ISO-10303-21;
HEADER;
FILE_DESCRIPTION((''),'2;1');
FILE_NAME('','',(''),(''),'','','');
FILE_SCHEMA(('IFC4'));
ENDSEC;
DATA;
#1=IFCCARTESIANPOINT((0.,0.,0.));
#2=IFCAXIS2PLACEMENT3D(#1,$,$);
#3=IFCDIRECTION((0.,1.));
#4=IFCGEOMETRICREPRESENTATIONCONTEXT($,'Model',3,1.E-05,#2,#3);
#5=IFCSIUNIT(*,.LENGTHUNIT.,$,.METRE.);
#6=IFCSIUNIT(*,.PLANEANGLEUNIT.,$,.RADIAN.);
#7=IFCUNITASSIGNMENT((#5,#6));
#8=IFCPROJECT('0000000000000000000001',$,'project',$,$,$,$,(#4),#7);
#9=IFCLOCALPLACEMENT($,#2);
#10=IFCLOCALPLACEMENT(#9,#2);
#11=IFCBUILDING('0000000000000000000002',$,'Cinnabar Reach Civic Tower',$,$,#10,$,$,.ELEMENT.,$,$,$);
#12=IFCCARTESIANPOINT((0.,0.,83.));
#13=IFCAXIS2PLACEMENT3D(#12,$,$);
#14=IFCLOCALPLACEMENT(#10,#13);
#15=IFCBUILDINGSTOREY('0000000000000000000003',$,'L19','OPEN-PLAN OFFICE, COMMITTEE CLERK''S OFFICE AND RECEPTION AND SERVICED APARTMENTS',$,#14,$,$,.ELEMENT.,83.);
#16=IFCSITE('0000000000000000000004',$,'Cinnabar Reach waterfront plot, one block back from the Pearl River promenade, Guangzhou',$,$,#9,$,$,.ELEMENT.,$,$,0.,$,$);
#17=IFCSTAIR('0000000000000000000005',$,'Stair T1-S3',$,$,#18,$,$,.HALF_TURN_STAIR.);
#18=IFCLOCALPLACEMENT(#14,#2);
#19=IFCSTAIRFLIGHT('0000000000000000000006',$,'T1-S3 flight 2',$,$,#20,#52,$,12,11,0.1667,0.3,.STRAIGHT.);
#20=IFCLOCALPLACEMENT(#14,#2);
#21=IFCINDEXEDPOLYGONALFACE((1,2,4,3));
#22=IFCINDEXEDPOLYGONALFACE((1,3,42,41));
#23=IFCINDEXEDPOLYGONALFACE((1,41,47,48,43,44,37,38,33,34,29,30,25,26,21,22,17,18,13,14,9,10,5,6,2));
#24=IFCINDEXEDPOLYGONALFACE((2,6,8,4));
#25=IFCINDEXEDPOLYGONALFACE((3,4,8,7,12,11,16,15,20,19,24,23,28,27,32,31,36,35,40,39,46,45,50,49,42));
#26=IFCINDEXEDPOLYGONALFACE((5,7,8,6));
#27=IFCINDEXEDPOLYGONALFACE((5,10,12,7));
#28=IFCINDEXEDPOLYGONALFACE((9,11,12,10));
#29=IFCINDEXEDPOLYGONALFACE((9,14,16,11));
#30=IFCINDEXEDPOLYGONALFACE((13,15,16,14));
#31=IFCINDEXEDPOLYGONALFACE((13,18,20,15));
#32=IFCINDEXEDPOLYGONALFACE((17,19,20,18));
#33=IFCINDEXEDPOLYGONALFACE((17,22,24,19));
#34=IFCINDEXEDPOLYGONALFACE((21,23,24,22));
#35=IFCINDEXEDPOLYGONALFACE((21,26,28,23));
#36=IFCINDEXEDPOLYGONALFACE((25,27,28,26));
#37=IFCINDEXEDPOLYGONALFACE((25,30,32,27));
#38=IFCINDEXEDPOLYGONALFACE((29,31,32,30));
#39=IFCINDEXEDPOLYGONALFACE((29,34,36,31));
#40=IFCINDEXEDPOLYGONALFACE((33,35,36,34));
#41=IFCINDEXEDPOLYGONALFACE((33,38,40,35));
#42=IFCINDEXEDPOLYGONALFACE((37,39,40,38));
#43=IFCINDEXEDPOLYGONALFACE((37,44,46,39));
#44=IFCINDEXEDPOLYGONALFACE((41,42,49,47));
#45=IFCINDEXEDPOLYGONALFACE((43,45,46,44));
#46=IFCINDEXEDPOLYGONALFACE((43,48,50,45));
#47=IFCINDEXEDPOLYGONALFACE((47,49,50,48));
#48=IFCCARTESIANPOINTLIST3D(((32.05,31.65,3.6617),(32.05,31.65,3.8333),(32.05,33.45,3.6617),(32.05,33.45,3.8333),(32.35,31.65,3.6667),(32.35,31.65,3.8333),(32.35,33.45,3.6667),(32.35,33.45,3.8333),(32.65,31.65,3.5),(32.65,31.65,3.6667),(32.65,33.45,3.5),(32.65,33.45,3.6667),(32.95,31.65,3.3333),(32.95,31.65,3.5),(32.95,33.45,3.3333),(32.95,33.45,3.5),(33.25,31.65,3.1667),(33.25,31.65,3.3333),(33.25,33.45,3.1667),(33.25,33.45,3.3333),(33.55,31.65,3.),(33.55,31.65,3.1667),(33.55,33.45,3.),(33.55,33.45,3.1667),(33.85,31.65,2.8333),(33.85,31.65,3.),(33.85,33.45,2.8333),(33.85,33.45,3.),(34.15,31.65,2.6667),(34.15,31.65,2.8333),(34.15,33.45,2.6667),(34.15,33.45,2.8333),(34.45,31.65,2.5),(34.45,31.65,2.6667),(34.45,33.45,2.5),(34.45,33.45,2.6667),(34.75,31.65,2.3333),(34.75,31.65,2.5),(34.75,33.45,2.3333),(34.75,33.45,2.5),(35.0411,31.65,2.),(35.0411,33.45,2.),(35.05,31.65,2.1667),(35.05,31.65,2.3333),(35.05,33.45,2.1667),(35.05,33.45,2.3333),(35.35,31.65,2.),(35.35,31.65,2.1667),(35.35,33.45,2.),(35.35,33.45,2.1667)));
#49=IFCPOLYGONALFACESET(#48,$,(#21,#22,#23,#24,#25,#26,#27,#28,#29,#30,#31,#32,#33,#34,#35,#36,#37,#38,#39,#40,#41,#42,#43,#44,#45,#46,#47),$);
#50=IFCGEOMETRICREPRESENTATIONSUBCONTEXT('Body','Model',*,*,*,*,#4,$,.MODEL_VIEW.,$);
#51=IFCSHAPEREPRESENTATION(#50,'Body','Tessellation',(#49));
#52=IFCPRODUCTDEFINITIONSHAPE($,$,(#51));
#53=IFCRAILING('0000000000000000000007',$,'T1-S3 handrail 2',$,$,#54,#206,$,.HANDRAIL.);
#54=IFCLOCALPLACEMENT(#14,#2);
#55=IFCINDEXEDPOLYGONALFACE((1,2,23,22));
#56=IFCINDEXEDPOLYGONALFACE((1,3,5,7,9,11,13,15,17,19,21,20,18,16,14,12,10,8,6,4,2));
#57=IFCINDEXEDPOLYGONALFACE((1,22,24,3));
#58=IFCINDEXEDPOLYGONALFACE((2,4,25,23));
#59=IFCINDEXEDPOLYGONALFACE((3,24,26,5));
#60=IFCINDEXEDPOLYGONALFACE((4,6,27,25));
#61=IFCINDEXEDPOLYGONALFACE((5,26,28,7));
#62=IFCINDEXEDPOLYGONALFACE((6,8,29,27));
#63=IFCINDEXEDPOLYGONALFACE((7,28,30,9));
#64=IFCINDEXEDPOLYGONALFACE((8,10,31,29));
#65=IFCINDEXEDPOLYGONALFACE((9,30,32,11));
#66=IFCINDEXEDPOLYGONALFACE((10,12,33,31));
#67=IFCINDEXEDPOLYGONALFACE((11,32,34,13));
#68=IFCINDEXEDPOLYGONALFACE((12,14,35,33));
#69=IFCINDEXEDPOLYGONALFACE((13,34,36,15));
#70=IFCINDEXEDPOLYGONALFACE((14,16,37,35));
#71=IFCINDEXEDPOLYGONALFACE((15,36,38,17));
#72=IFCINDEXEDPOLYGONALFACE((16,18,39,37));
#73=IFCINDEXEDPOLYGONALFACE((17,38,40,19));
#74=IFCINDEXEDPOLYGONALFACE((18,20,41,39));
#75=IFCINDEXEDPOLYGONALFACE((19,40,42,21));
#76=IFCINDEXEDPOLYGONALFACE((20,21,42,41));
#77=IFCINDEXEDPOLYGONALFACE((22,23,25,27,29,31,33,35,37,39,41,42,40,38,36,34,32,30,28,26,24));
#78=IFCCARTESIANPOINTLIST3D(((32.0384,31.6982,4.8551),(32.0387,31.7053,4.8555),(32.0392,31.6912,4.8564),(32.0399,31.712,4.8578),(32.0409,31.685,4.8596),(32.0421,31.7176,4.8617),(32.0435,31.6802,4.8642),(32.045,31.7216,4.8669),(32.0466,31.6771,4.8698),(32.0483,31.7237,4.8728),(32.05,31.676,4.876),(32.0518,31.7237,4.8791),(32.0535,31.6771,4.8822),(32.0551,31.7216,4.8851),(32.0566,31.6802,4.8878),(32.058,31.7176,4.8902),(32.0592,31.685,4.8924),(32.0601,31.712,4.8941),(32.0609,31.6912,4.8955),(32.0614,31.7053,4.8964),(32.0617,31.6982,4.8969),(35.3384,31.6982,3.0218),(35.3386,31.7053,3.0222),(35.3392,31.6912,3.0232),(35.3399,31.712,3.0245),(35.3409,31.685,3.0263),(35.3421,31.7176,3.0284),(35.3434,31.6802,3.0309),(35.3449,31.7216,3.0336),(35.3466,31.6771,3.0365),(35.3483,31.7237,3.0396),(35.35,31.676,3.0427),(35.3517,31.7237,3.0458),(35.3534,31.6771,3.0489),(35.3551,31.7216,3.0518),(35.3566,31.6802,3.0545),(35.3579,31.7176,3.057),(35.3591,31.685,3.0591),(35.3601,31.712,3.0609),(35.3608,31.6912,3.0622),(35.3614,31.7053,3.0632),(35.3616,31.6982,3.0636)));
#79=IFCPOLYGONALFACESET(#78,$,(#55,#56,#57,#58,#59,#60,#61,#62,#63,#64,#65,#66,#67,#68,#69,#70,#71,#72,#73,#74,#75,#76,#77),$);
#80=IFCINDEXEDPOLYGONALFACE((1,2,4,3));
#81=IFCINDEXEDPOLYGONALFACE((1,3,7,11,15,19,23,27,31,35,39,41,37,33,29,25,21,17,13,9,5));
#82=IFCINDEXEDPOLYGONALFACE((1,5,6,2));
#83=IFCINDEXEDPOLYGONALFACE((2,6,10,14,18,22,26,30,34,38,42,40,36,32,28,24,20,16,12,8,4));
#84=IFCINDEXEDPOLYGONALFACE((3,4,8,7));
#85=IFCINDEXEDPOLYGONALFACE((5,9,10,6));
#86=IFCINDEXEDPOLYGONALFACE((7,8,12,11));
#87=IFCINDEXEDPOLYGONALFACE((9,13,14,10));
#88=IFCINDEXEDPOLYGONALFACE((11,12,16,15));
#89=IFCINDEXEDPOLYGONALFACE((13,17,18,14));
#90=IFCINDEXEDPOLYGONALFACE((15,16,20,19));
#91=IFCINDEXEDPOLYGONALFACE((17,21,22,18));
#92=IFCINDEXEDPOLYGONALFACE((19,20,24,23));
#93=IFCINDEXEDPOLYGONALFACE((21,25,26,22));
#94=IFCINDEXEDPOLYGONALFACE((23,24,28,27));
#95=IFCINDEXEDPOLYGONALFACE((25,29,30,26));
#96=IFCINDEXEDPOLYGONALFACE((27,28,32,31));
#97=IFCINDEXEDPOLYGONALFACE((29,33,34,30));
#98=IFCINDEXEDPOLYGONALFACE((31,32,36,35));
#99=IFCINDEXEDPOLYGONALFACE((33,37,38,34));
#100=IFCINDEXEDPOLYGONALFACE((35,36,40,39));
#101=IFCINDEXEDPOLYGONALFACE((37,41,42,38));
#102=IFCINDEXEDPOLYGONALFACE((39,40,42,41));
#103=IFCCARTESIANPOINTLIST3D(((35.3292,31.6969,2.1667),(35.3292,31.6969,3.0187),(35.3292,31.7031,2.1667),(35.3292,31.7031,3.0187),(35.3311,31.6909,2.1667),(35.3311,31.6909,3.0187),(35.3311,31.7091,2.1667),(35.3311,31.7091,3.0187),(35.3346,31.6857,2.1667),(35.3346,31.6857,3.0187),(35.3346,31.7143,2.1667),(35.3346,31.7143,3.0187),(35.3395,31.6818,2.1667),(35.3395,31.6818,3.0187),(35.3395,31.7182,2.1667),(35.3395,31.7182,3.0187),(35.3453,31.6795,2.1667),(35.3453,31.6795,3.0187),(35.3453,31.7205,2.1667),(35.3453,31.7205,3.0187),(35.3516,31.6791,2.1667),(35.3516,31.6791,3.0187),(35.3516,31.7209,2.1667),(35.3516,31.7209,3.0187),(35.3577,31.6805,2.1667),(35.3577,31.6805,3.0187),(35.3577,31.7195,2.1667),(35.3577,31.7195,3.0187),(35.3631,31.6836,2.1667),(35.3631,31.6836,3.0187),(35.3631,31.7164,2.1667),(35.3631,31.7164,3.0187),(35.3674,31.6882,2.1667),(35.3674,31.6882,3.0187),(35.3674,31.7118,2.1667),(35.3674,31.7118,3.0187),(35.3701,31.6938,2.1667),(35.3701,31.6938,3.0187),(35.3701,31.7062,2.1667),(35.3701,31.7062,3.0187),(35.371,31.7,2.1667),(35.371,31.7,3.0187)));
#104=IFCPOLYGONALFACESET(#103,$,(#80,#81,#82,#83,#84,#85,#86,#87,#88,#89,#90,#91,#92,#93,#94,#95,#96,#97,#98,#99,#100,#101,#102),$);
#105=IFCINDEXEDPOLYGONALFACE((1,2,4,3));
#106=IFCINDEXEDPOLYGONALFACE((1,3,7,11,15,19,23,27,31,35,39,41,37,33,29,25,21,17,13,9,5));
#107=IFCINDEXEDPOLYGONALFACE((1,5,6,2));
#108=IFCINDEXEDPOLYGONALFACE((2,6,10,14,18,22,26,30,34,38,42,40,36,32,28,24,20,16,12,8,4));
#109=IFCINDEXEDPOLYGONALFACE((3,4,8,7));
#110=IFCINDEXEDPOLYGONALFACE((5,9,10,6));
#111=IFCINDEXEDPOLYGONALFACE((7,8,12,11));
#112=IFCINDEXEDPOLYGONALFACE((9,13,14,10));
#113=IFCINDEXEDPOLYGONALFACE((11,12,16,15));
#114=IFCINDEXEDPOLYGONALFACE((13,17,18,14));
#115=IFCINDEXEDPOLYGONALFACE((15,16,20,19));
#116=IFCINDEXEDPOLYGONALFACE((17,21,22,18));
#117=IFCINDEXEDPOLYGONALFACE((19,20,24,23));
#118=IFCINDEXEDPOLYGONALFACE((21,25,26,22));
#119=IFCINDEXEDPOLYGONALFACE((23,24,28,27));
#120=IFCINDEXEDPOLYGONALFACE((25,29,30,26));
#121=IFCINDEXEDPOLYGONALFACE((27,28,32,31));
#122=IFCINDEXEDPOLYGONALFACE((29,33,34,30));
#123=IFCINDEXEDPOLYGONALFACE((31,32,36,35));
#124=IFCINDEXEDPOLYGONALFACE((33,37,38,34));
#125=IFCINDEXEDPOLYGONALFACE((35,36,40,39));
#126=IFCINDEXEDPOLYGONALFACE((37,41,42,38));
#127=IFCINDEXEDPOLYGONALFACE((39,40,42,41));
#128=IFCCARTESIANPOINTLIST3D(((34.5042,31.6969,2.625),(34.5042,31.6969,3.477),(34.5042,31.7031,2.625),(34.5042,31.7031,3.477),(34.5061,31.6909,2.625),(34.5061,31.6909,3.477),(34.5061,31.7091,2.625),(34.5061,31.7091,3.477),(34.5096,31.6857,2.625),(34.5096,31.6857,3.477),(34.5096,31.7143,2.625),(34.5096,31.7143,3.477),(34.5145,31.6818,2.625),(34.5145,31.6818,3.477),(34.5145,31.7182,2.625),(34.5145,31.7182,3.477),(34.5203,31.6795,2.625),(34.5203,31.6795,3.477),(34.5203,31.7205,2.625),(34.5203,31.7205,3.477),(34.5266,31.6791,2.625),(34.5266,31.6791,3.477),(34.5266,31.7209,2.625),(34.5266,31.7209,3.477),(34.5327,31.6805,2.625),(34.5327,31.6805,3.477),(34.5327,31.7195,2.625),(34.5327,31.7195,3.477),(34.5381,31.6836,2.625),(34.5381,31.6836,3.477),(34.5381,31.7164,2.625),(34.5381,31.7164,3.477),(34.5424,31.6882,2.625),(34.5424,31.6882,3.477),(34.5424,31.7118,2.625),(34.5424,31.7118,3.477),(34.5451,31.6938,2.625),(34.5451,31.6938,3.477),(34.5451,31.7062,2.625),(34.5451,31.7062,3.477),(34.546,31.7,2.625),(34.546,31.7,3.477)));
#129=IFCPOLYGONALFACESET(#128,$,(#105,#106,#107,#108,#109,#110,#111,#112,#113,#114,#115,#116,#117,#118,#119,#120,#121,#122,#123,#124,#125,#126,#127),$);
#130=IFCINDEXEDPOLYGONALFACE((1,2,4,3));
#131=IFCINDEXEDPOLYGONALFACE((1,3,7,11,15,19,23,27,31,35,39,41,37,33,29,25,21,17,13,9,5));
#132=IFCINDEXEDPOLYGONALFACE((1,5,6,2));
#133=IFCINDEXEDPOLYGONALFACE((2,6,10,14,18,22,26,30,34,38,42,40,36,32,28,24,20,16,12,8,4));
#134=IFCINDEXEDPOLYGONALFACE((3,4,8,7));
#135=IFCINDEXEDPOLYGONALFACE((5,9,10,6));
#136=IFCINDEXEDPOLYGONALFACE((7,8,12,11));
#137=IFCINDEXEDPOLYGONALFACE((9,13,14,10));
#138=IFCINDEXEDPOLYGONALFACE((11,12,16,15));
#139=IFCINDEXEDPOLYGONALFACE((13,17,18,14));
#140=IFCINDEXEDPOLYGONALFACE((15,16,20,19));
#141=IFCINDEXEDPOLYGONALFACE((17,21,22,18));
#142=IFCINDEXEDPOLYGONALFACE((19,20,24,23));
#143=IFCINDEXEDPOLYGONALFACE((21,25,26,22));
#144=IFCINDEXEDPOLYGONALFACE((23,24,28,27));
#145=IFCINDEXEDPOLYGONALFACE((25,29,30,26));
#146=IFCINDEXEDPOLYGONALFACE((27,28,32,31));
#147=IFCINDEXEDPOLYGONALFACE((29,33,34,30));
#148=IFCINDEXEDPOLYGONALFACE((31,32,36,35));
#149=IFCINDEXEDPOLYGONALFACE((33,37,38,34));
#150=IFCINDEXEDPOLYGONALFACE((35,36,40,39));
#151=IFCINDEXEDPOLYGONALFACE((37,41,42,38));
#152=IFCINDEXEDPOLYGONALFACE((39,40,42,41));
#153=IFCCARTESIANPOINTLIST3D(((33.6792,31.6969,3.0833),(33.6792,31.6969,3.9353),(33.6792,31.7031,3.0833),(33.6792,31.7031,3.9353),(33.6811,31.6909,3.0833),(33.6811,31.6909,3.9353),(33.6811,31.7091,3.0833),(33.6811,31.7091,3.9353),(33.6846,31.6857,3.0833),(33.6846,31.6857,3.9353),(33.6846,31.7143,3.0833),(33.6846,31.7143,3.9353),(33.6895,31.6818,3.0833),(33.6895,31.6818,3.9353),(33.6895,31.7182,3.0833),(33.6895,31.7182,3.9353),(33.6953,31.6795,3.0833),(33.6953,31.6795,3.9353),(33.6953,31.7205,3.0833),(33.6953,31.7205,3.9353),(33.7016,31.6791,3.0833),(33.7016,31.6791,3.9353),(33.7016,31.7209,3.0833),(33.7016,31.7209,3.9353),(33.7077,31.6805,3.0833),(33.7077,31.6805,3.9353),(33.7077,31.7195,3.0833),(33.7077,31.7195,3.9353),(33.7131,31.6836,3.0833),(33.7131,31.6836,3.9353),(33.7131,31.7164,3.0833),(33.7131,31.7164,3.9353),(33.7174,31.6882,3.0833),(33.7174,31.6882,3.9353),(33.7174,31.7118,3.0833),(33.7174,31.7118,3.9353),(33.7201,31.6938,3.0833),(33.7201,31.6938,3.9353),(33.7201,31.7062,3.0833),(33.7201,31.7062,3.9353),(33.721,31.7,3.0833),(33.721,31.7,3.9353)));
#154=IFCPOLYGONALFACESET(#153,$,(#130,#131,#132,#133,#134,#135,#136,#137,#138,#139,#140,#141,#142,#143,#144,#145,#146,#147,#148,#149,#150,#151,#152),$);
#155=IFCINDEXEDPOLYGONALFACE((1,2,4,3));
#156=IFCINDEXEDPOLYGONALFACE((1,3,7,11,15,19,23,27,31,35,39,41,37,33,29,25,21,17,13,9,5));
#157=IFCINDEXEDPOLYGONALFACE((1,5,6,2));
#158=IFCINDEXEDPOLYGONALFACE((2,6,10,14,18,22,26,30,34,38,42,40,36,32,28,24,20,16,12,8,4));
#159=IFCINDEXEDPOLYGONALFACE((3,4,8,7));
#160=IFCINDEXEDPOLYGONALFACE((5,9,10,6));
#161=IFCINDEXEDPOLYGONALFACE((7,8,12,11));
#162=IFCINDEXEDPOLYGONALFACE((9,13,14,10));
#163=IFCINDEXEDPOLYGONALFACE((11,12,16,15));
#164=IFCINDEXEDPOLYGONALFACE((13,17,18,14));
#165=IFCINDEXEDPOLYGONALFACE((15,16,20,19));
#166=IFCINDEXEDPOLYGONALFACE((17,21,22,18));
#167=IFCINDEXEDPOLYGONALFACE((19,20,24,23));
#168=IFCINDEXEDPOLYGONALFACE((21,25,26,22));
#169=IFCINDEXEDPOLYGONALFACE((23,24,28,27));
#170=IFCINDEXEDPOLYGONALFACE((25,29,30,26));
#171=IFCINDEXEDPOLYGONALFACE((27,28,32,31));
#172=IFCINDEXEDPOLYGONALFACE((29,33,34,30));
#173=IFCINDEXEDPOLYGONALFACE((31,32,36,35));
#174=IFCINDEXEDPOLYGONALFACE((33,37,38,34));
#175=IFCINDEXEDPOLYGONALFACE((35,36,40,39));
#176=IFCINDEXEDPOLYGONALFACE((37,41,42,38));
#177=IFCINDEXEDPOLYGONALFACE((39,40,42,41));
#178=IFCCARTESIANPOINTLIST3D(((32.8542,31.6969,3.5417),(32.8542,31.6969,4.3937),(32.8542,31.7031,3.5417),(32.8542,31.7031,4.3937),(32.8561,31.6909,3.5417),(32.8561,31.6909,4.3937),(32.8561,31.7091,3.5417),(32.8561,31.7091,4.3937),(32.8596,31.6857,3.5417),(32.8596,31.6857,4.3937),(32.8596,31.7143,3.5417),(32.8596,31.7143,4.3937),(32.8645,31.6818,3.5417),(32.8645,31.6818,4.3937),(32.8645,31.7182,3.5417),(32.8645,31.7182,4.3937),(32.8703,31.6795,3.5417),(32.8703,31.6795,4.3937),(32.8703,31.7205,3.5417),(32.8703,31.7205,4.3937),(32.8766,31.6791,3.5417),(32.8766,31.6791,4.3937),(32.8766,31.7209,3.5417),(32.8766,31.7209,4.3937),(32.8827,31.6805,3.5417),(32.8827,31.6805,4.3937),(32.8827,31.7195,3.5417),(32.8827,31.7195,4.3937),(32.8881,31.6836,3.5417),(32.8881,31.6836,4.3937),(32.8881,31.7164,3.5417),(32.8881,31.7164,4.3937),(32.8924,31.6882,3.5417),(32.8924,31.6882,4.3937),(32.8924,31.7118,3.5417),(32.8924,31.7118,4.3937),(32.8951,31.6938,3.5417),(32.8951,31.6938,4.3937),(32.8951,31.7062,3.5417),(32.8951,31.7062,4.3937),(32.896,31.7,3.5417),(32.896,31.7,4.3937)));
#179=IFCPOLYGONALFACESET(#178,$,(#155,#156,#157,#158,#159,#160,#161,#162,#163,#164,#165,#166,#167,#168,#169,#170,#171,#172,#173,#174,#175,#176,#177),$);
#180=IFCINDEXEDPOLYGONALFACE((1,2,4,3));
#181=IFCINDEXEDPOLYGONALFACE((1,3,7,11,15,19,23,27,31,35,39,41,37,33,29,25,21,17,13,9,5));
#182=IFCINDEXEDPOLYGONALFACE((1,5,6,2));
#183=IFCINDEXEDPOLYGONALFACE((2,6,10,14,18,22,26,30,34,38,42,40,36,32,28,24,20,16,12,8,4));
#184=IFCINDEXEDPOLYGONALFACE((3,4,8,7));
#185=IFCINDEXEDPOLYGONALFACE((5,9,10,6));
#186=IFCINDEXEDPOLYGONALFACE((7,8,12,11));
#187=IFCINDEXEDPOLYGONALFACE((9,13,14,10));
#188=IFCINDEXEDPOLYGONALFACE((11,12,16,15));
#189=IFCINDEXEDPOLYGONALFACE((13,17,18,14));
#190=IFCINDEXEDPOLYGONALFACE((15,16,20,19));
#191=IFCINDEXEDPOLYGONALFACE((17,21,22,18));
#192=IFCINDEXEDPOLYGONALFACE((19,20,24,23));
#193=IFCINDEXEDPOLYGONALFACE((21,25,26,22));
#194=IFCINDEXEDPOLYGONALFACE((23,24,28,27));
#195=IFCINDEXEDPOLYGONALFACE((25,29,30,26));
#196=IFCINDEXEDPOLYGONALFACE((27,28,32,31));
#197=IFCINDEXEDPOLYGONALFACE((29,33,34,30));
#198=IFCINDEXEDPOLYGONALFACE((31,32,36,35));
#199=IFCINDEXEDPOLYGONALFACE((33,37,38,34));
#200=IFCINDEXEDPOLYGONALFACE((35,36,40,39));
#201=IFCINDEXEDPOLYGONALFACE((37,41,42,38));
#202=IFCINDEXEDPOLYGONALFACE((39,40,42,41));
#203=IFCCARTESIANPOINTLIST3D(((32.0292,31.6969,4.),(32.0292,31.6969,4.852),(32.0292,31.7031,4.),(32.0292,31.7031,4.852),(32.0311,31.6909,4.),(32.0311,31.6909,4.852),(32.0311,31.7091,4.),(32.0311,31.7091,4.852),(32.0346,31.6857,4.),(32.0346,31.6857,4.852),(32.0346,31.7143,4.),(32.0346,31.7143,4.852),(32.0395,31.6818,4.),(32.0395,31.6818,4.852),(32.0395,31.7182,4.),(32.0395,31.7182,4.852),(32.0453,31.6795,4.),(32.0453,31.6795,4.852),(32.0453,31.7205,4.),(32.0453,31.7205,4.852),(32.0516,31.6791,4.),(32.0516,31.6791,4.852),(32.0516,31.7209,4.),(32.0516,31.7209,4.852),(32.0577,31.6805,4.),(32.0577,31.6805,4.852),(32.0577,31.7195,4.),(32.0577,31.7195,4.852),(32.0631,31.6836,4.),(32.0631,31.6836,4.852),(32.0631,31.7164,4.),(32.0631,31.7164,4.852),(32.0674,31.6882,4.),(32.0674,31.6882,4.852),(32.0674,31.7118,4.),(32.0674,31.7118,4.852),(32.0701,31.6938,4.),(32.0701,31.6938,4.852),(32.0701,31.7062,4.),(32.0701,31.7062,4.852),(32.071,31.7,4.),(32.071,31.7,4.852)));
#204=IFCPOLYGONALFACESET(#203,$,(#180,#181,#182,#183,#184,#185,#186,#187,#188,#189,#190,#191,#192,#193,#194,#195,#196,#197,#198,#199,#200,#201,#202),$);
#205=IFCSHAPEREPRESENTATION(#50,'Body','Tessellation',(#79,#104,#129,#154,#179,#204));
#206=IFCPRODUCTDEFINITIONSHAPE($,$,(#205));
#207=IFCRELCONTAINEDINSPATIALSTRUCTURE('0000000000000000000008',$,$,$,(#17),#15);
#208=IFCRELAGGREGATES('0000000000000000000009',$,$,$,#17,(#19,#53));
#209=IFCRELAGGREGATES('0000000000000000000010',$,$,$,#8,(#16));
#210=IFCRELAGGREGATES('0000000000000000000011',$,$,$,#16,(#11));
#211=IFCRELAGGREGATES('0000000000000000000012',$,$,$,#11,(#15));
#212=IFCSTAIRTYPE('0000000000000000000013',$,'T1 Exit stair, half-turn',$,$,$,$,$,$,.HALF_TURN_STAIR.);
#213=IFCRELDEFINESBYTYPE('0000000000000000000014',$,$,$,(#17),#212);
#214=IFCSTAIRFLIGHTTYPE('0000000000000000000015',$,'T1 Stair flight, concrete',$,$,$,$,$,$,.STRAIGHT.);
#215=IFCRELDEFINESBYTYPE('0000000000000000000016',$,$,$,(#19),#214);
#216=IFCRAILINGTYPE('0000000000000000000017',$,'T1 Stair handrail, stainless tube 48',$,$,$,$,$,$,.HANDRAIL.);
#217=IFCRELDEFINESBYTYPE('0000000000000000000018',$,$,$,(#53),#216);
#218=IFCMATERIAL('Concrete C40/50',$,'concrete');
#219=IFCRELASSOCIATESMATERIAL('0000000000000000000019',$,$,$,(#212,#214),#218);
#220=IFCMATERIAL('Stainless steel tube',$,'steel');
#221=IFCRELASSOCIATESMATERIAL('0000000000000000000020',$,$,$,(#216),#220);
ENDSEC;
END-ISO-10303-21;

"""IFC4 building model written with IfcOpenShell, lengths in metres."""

from ifc_helpers import new_model, si_unit, direction, frame, origin, origin_2d, place, context, subcontext, project, spatial, polyline, circle, outline, extrude, material, type_object, element, aggregate, save


model = new_model("IFC4")

# Units and contexts
model_context = context("Model", 3, precision=1e-05, world=origin(), true_north=direction((0.0, 1.0)))
body_context = subcontext(model_context, "Body", "Model", "MODEL_VIEW")
ifc_project = project(units=[si_unit("LENGTHUNIT", "METRE"), si_unit("PLANEANGLEUNIT", "RADIAN")], contexts=[model_context])

# Site, building, storey
site_placement = place(None, origin())
site = spatial("IfcSite", under=ifc_project, at=site_placement, Name="Cinnabar Reach waterfront plot, one block back from the Pearl River promenade, Guangzhou", CompositionType="ELEMENT", RefElevation=0.0)
building_placement = place(site_placement, origin())
building = spatial("IfcBuilding", under=site, at=building_placement, Name="Cinnabar Reach Civic Tower", CompositionType="ELEMENT")
storey_placement = place(building_placement, frame((0.0, 0.0, 83.0)))
storey = spatial("IfcBuildingStorey", under=building, at=storey_placement, Name="L19", Description="OPEN-PLAN OFFICE, COMMITTEE CLERK'S OFFICE AND RECEPTION AND SERVICED APARTMENTS", CompositionType="ELEMENT", Elevation=83.0)

# Stair, stair flight, railing
ifc_material_1 = material(Name="Concrete C40/50", Category="concrete")
stair_type = type_object("IfcStairType", Name="T1 Exit stair, half-turn", PredefinedType="HALF_TURN_STAIR", material=ifc_material_1)
stair_placement = place(storey_placement, origin())
stair = element("IfcStair", 1, at=stair_placement, inside=storey, type_object=stair_type, Name="Stair T1-S3", PredefinedType="HALF_TURN_STAIR")
stair_flight_type = type_object("IfcStairFlightType", Name="T1 Stair flight, concrete", PredefinedType="STRAIGHT", material=ifc_material_1)
stair_flight_placement = place(storey_placement, frame((35.35, 32.55, 2.0), z_axis=(0.0, 0.0, 1.0), x_axis=(-1.0, 0.0, 0.0)))
stair_flight = element("IfcStairFlight", 2, at=stair_flight_placement, type_object=stair_flight_type, Name="T1-S3 flight 2", NumberOfRisers=12, NumberOfTreads=11, PredefinedType="STRAIGHT", RiserHeight=0.1667, TreadLength=0.3, context=body_context, shape_type="SweptSolid", body=[
    extrude(outline(polyline([(0.0, 0.0), (0.0, 0.1667), (0.3, 0.1667), (0.3, 0.3333), (0.6, 0.3333), (0.6, 0.5), (0.9, 0.5), (0.9, 0.6667), (1.2, 0.6667), (1.2, 0.8333), (1.5, 0.8333), (1.5, 1.0), (1.8, 1.0), (1.8, 1.1667), (2.1, 1.1667), (2.1, 1.3333), (2.4, 1.3333), (2.4, 1.5), (2.7, 1.5), (2.7, 1.6667), (3.0, 1.6667), (3.0, 1.8333), (3.3, 1.8333), (3.3, 2.0), (3.3, 1.6617), (0.3089, 0.0), (0.0, 0.0)])), frame((0.0, 0.9, 0.0), z_axis=(0.0, -1.0, 0.0), x_axis=(1.0, 0.0, 0.0)), (0.0, 0.0, 1.0), 1.8),
])
ifc_material_2 = material(Name="Stainless steel tube", Category="steel")
railing_type = type_object("IfcRailingType", Name="T1 Stair handrail, stainless tube 48", PredefinedType="HANDRAIL", material=ifc_material_2)
railing_placement = place(storey_placement, frame((35.35, 31.7, 2.1667)))
railing = element("IfcRailing", 3, at=railing_placement, type_object=railing_type, Name="T1-S3 handrail 2", PredefinedType="HANDRAIL", context=body_context, shape_type="SweptSolid", body=[
    extrude(circle(Radius=0.024, at=origin_2d()), frame((0.0, 0.0, 0.876), z_axis=(-0.874161, 0.0, 0.485636), x_axis=(0.0, -1.0, 0.0)), (0.0, 0.0, 1.0), 3.775),
    extrude(circle(Radius=0.021, at=origin_2d()), origin(), (0.0, 0.0, 1.0), 0.852),
    extrude(circle(Radius=0.021, at=origin_2d()), frame((-0.825, 0.0, 0.4583)), (0.0, 0.0, 1.0), 0.852),
    extrude(circle(Radius=0.021, at=origin_2d()), frame((-1.65, 0.0, 0.9166)), (0.0, 0.0, 1.0), 0.852),
    extrude(circle(Radius=0.021, at=origin_2d()), frame((-2.475, 0.0, 1.375)), (0.0, 0.0, 1.0), 0.852),
    extrude(circle(Radius=0.021, at=origin_2d()), frame((-3.3, 0.0, 1.8333)), (0.0, 0.0, 1.0), 0.852),
])
aggregate(stair, [stair_flight, railing])

save(model, "model.ifc")
